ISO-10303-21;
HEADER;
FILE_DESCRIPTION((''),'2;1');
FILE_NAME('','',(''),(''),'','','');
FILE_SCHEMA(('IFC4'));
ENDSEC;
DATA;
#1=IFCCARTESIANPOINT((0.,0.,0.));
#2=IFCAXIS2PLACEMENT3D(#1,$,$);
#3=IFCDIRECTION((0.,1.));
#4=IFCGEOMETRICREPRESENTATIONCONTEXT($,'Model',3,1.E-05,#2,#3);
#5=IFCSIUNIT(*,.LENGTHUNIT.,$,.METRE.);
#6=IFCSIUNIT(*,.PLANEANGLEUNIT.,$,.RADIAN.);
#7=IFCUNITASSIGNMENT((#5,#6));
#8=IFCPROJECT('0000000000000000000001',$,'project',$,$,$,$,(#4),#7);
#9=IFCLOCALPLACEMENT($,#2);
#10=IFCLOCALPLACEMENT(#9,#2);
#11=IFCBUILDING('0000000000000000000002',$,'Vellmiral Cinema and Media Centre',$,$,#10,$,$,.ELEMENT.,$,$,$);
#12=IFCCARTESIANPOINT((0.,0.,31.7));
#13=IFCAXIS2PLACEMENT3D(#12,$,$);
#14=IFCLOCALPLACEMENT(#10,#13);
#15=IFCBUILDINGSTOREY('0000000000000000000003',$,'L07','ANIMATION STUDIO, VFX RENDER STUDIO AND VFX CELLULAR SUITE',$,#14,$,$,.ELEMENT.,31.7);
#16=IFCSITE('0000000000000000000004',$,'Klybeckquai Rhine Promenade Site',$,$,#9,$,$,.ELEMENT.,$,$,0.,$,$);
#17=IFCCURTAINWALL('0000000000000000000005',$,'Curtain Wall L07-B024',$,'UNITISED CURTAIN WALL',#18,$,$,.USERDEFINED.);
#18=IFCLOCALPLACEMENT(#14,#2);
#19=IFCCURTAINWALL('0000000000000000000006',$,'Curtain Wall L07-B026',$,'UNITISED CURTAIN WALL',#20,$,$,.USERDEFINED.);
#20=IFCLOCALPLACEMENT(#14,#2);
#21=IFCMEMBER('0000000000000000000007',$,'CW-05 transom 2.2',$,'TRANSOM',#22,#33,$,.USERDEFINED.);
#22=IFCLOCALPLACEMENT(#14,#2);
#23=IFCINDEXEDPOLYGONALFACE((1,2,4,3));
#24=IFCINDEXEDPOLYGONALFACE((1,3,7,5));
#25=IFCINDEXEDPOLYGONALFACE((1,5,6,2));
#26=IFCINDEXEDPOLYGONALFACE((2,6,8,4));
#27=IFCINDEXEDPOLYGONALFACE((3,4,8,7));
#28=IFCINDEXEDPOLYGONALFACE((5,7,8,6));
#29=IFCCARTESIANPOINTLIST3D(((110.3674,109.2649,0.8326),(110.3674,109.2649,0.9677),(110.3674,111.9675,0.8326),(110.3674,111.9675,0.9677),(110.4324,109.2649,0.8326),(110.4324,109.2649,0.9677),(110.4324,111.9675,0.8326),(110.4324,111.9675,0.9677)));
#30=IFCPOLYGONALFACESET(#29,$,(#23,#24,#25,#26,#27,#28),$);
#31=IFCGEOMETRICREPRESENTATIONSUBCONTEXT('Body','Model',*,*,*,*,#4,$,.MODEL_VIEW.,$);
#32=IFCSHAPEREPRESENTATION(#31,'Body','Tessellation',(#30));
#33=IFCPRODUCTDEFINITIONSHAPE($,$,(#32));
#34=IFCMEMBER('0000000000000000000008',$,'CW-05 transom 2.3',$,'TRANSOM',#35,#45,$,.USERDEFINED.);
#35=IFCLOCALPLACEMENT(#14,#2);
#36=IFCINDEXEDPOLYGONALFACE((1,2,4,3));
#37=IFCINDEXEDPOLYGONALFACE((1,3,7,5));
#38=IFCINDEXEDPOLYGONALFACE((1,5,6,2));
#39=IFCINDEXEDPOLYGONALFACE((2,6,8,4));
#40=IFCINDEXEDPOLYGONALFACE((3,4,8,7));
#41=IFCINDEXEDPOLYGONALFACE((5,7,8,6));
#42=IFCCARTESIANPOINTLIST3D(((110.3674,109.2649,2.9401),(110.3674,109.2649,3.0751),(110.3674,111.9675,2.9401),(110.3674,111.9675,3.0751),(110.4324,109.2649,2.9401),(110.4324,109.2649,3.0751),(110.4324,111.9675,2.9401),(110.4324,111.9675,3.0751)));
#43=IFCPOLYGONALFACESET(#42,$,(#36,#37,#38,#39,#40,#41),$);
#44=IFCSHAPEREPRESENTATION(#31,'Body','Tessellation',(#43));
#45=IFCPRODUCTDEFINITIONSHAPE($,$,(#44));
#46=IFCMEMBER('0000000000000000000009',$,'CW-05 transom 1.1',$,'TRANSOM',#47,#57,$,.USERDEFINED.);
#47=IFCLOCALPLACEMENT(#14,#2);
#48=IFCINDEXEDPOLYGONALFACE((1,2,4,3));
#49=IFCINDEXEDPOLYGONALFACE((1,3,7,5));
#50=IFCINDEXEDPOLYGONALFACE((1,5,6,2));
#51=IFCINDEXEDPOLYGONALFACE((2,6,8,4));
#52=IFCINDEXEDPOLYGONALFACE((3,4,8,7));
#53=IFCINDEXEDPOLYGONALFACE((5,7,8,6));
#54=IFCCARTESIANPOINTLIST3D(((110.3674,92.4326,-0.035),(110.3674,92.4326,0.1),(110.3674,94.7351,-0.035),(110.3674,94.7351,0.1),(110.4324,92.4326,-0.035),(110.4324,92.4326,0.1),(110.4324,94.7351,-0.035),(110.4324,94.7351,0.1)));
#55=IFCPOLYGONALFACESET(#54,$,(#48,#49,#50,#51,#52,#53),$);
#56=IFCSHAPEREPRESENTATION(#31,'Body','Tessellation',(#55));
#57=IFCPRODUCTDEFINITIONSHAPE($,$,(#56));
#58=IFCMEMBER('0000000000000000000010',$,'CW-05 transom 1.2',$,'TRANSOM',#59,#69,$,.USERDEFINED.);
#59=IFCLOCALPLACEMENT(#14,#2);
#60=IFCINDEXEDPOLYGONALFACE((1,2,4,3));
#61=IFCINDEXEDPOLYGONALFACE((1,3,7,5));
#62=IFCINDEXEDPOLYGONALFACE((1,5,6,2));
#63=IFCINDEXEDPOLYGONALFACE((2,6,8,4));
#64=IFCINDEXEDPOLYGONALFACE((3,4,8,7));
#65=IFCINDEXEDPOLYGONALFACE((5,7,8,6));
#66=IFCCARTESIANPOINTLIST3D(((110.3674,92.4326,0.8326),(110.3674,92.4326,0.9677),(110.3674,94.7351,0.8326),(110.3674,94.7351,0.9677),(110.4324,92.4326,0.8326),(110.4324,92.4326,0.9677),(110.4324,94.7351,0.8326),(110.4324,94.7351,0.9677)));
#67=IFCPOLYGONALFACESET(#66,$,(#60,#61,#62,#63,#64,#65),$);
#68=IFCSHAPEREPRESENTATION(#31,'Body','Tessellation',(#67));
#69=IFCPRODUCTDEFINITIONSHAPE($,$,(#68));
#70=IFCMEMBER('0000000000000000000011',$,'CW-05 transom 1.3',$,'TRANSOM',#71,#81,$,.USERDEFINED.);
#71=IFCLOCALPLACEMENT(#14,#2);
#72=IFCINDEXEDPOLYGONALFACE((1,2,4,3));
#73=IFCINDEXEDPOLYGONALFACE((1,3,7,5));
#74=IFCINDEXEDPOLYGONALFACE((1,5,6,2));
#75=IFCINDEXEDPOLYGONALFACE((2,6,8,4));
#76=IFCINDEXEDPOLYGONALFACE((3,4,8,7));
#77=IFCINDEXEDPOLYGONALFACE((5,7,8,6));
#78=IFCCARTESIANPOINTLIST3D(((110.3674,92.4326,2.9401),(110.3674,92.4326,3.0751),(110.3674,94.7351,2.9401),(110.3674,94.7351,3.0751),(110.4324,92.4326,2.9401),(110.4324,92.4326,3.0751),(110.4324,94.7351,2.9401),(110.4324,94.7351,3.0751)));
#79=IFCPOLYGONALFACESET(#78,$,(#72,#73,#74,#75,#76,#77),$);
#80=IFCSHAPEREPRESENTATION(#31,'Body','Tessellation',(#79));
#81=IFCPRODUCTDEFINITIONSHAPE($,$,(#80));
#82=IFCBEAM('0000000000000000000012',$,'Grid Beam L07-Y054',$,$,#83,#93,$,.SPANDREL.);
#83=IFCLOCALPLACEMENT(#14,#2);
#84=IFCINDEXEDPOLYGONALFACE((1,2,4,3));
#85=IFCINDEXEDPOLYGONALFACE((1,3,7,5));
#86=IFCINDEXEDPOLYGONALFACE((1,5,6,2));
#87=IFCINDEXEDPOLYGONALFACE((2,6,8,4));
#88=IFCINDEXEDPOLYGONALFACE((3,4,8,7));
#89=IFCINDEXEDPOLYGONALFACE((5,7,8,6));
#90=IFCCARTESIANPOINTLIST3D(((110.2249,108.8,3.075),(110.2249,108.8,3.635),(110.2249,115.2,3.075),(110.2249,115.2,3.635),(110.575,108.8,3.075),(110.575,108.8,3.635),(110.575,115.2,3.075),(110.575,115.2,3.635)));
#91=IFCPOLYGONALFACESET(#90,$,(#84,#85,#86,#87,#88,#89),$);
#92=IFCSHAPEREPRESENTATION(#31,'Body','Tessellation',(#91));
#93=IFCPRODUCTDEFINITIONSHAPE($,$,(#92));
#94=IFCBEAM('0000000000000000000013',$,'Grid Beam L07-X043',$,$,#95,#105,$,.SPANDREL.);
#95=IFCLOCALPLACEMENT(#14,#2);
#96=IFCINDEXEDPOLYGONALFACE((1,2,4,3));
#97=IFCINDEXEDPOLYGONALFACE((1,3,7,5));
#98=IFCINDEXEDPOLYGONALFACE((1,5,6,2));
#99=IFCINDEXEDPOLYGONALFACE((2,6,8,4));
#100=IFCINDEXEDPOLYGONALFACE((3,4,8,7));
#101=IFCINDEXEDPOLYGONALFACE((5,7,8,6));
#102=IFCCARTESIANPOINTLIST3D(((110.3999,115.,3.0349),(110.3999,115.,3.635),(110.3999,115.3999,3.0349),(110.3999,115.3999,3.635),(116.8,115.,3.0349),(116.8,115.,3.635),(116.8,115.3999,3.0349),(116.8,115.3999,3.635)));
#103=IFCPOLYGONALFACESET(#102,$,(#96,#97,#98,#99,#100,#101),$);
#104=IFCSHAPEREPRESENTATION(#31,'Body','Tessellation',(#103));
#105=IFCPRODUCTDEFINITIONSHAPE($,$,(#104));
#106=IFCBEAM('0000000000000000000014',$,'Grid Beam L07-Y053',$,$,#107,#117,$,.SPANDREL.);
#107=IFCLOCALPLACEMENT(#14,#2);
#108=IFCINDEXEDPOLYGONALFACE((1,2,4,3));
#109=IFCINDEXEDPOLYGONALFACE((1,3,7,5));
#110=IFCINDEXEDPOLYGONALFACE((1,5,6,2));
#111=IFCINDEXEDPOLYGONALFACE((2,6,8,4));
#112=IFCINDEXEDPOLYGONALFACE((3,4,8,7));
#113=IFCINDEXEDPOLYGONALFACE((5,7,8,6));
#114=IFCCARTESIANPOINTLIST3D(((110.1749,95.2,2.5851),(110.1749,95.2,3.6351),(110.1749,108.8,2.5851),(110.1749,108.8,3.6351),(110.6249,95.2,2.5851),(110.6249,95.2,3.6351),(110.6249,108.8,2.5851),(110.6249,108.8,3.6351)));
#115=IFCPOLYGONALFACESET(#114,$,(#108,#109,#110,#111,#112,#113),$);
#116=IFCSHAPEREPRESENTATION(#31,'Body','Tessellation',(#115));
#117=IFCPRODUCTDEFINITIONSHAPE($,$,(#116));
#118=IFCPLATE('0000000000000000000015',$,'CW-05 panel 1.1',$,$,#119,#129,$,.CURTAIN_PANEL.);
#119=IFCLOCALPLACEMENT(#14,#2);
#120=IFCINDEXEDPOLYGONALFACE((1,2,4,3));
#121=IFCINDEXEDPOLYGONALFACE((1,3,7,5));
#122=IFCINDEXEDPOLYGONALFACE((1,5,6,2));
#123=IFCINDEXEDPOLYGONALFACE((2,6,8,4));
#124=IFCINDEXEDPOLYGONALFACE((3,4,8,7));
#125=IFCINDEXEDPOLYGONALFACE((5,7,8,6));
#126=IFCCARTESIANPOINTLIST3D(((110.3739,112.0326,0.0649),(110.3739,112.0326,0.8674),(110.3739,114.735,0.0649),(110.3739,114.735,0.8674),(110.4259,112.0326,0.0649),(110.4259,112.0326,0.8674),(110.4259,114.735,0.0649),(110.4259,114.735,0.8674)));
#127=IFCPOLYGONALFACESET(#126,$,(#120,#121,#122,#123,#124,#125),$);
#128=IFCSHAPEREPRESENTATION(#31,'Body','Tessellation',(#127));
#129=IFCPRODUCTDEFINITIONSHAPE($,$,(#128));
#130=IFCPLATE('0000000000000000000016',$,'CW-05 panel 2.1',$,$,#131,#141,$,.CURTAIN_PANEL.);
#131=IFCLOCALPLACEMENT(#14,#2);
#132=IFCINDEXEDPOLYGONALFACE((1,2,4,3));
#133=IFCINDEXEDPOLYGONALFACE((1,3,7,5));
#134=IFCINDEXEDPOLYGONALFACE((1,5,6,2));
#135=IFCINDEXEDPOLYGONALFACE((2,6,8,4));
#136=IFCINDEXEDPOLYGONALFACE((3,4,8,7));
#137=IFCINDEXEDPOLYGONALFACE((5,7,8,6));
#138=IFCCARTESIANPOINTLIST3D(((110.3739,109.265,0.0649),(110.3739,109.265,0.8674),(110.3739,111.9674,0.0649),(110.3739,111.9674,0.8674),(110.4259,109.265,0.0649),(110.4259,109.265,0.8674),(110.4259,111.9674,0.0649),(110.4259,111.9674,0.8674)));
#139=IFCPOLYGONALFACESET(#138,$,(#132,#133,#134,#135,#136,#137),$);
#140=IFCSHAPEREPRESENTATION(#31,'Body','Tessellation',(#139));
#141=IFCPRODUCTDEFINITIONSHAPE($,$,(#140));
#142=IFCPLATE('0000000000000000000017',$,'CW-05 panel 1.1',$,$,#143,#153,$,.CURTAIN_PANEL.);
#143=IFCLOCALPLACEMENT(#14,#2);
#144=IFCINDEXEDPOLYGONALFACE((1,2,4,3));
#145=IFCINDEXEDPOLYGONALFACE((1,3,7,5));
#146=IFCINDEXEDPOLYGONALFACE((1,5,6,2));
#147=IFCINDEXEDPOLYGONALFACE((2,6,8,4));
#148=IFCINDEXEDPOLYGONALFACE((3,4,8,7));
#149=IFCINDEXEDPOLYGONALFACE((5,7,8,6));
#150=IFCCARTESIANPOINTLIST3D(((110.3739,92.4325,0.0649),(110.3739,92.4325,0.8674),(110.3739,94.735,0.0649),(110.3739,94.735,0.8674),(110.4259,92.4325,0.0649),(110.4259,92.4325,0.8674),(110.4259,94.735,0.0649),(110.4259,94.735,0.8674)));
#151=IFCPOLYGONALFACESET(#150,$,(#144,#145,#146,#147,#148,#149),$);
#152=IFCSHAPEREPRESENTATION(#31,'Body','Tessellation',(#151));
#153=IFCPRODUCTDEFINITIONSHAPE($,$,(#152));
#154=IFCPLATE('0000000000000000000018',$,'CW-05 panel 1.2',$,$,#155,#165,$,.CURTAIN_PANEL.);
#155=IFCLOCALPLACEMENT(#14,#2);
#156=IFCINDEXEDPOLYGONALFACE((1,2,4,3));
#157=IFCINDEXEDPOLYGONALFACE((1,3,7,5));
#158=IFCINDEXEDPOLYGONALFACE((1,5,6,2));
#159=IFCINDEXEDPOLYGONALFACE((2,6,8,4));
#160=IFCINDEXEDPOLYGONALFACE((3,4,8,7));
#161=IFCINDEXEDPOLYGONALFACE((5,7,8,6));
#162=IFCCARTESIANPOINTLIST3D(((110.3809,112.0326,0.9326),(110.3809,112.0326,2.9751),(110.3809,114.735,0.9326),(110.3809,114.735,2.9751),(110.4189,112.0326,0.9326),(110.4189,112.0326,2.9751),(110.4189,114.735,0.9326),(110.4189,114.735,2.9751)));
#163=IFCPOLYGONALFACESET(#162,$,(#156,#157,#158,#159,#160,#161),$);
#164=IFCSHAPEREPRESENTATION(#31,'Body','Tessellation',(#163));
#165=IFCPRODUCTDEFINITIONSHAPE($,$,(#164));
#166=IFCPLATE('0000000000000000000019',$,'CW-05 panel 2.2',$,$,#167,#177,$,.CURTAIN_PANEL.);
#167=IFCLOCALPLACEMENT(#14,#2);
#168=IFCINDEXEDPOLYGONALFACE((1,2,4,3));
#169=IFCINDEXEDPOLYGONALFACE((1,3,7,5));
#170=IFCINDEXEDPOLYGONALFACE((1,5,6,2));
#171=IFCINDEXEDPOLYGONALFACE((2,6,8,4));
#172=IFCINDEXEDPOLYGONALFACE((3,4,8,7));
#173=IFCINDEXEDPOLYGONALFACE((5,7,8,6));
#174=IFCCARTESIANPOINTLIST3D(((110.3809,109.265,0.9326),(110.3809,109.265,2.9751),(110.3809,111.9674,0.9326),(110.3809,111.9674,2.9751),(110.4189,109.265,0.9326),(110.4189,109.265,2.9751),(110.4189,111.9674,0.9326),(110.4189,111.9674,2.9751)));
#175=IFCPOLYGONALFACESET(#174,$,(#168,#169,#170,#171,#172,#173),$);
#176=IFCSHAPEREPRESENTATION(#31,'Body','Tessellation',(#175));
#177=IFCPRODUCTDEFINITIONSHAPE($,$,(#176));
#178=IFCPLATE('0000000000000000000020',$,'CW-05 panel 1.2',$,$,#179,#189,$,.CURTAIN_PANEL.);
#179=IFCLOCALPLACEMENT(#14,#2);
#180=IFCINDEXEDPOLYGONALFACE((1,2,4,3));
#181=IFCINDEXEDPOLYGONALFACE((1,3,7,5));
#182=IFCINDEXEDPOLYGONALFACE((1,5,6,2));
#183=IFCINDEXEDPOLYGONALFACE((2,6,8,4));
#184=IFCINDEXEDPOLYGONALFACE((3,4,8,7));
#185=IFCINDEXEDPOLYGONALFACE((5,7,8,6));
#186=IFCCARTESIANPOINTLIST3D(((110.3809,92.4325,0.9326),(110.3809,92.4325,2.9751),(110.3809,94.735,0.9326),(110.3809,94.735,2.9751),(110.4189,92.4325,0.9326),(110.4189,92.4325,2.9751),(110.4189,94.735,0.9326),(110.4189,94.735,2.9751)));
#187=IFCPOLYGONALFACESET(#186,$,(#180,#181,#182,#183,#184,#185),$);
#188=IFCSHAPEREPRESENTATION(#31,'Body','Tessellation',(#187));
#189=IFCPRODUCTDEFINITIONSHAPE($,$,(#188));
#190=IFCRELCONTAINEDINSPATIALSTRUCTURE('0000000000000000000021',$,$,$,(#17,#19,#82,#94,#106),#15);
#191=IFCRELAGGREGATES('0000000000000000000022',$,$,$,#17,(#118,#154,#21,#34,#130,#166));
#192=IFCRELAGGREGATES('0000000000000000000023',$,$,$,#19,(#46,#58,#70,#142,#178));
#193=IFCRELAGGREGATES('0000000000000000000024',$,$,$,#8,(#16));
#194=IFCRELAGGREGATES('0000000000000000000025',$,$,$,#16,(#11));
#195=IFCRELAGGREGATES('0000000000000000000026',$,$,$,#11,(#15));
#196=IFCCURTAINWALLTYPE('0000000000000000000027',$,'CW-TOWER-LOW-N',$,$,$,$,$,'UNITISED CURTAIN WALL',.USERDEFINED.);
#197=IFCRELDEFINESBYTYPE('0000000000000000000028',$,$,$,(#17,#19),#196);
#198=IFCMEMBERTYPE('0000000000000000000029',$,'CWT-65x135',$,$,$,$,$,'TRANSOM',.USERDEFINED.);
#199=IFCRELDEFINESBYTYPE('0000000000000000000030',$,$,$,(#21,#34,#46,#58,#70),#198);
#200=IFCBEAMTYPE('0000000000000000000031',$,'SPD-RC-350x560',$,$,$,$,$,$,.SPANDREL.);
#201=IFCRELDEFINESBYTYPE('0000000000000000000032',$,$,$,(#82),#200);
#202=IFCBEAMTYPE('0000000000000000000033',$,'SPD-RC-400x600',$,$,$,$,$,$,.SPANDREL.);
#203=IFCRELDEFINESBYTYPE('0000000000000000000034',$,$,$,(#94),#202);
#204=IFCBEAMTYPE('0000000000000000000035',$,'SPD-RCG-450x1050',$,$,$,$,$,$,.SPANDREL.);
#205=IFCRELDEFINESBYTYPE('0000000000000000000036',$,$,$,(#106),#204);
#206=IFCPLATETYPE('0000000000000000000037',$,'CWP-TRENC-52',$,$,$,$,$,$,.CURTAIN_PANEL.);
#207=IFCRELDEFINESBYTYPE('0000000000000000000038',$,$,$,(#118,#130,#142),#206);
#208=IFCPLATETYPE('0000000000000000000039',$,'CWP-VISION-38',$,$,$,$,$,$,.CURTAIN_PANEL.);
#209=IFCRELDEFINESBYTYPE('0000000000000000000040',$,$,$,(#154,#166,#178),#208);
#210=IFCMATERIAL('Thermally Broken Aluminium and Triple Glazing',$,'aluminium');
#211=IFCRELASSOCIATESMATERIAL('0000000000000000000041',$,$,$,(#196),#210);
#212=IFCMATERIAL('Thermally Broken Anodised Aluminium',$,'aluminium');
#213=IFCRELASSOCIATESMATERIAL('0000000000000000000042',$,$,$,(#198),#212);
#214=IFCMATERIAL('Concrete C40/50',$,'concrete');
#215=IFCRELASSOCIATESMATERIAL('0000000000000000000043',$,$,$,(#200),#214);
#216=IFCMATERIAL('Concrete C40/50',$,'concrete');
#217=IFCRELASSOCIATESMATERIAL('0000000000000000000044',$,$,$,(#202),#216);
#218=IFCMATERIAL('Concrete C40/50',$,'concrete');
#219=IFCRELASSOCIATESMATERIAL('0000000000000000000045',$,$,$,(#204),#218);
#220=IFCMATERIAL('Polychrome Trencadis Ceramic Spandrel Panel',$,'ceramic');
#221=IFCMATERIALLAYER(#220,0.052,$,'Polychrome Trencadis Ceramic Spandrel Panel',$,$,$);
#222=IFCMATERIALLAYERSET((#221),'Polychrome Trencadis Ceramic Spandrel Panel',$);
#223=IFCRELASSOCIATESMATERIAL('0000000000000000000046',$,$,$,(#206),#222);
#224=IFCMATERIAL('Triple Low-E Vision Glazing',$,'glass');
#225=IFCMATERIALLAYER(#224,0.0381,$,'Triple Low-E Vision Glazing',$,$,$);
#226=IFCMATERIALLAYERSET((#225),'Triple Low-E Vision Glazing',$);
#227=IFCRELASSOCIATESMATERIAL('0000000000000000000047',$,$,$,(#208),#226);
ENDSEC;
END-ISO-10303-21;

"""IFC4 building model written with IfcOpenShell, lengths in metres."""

from ifc_helpers import new_model, si_unit, direction, frame, origin, origin_2d, place, context, subcontext, project, spatial, rectangle, extrude, material, layer, layer_set, material_profile, profile_set, type_object, element, aggregate, save


model = new_model("IFC4")

# Units and contexts
model_context = context("Model", 3, precision=1e-05, world=origin(), true_north=direction((0.0, 1.0)))
body_context = subcontext(model_context, "Body", "Model", "MODEL_VIEW")
ifc_project = project(units=[si_unit("LENGTHUNIT", "METRE"), si_unit("PLANEANGLEUNIT", "RADIAN")], contexts=[model_context])

# Site, building, storey
site_placement = place(None, origin())
site = spatial("IfcSite", under=ifc_project, at=site_placement, Name="Klybeckquai Rhine Promenade Site", CompositionType="ELEMENT", RefElevation=0.0)
building_placement = place(site_placement, origin())
building = spatial("IfcBuilding", under=site, at=building_placement, Name="Vellmiral Cinema and Media Centre", CompositionType="ELEMENT")
storey_placement = place(building_placement, frame((0.0, 0.0, 31.7)))
storey = spatial("IfcBuildingStorey", under=building, at=storey_placement, Name="L07", Description="ANIMATION STUDIO, VFX RENDER STUDIO AND VFX CELLULAR SUITE", CompositionType="ELEMENT", Elevation=31.7)

# Curtain walls
ifc_material_1 = material(Name="Thermally Broken Aluminium and Triple Glazing", Category="aluminium")
curtain_wall_type = type_object("IfcCurtainWallType", Name="CW-TOWER-LOW-N", ElementType="UNITISED CURTAIN WALL", PredefinedType="USERDEFINED", material=ifc_material_1)
curtain_wall_1_placement = place(storey_placement, origin())
curtain_wall_1 = element("IfcCurtainWall", 1, at=curtain_wall_1_placement, inside=storey, type_object=curtain_wall_type, Name="Curtain Wall L07-B024", ObjectType="UNITISED CURTAIN WALL", PredefinedType="USERDEFINED")
curtain_wall_2_placement = place(storey_placement, origin())
curtain_wall_2 = element("IfcCurtainWall", 2, at=curtain_wall_2_placement, inside=storey, type_object=curtain_wall_type, Name="Curtain Wall L07-B026", ObjectType="UNITISED CURTAIN WALL", PredefinedType="USERDEFINED")

# Members
ifc_material_2 = material(Name="Thermally Broken Anodised Aluminium", Category="aluminium")
ifc_material_profile_1 = material_profile(ifc_material_2, rectangle(XDim=0.0649, YDim=0.135, at=origin_2d()), Name="MULL 65x135")
ifc_profile_set_1 = profile_set([ifc_material_profile_1], Name="Thermally Broken Anodised Aluminium")
member_type_1 = type_object("IfcMemberType", Name="CWT-65x135", ElementType="TRANSOM", PredefinedType="USERDEFINED", material=ifc_profile_set_1)
member_1_placement = place(storey_placement, frame((110.3999, 111.9675, 0.9001), z_axis=(0.0, -1.0, 0.0), x_axis=(1.0, 0.0, 0.0)))
member_1 = element("IfcMember", 3, at=member_1_placement, type_object=member_type_1, Name="CW-05 transom 2.2", ObjectType="TRANSOM", PredefinedType="USERDEFINED", context=body_context, shape_type="SweptSolid", body=[
    extrude(rectangle(XDim=0.0649, YDim=0.135, at=origin_2d()), origin(), (0.0, 0.0, 1.0), 2.7026),
])
member_2_placement = place(storey_placement, frame((110.3999, 111.9675, 3.0076), z_axis=(0.0, -1.0, 0.0), x_axis=(1.0, 0.0, 0.0)))
member_2 = element("IfcMember", 4, at=member_2_placement, type_object=member_type_1, Name="CW-05 transom 2.3", ObjectType="TRANSOM", PredefinedType="USERDEFINED", context=body_context, shape_type="SweptSolid", body=[
    extrude(rectangle(XDim=0.0649, YDim=0.135, at=origin_2d()), origin(), (0.0, 0.0, 1.0), 2.7026),
])
member_3_placement = place(storey_placement, frame((110.3999, 94.7351, 0.0325), z_axis=(0.0, -1.0, 0.0), x_axis=(1.0, 0.0, 0.0)))
member_3 = element("IfcMember", 5, at=member_3_placement, type_object=member_type_1, Name="CW-05 transom 1.1", ObjectType="TRANSOM", PredefinedType="USERDEFINED", context=body_context, shape_type="SweptSolid", body=[
    extrude(rectangle(XDim=0.0649, YDim=0.135, at=origin_2d()), origin(), (0.0, 0.0, 1.0), 2.3025),
])
member_4_placement = place(storey_placement, frame((110.3999, 94.7351, 0.9001), z_axis=(0.0, -1.0, 0.0), x_axis=(1.0, 0.0, 0.0)))
member_4 = element("IfcMember", 6, at=member_4_placement, type_object=member_type_1, Name="CW-05 transom 1.2", ObjectType="TRANSOM", PredefinedType="USERDEFINED", context=body_context, shape_type="SweptSolid", body=[
    extrude(rectangle(XDim=0.0649, YDim=0.135, at=origin_2d()), origin(), (0.0, 0.0, 1.0), 2.3025),
])
member_5_placement = place(storey_placement, frame((110.3999, 94.7351, 3.0076), z_axis=(0.0, -1.0, 0.0), x_axis=(1.0, 0.0, 0.0)))
member_5 = element("IfcMember", 7, at=member_5_placement, type_object=member_type_1, Name="CW-05 transom 1.3", ObjectType="TRANSOM", PredefinedType="USERDEFINED", context=body_context, shape_type="SweptSolid", body=[
    extrude(rectangle(XDim=0.0649, YDim=0.135, at=origin_2d()), origin(), (0.0, 0.0, 1.0), 2.3025),
])

# Beams
ifc_material_3 = material(Name="Concrete C40/50", Category="concrete")
ifc_material_profile_2 = material_profile(ifc_material_3, rectangle(XDim=0.3501, YDim=0.5601, at=origin_2d()), Name="RC 350x560")
ifc_profile_set_2 = profile_set([ifc_material_profile_2], Name="Concrete C40/50")
beam_type_1 = type_object("IfcBeamType", Name="SPD-RC-350x560", PredefinedType="SPANDREL", material=ifc_profile_set_2)
beam_1_placement = place(storey_placement, frame((110.3999, 108.8, 3.355), z_axis=(0.0, 1.0, 0.0), x_axis=(-1.0, 0.0, 0.0)))
element("IfcBeam", 8, at=beam_1_placement, inside=storey, type_object=beam_type_1, Name="Grid Beam L07-Y054", PredefinedType="SPANDREL", context=body_context, shape_type="SweptSolid", body=[
    extrude(rectangle(XDim=0.3501, YDim=0.5601, at=origin_2d()), origin(), (0.0, 0.0, 1.0), 6.3999),
])
ifc_material_4 = material(Name="Concrete C40/50", Category="concrete")
ifc_material_profile_3 = material_profile(ifc_material_4, rectangle(XDim=0.3999, YDim=0.6001, at=origin_2d()), Name="RC 400x600")
ifc_profile_set_3 = profile_set([ifc_material_profile_3], Name="Concrete C40/50")
beam_type_2 = type_object("IfcBeamType", Name="SPD-RC-400x600", PredefinedType="SPANDREL", material=ifc_profile_set_3)
beam_2_placement = place(storey_placement, frame((110.3999, 115.2, 3.335), z_axis=(1.0, 0.0, 0.0), x_axis=(0.0, 1.0, 0.0)))
element("IfcBeam", 9, at=beam_2_placement, inside=storey, type_object=beam_type_2, Name="Grid Beam L07-X043", PredefinedType="SPANDREL", context=body_context, shape_type="SweptSolid", body=[
    extrude(rectangle(XDim=0.3999, YDim=0.6001, at=origin_2d()), origin(), (0.0, 0.0, 1.0), 6.4001),
])
ifc_material_5 = material(Name="Concrete C40/50", Category="concrete")
ifc_material_profile_4 = material_profile(ifc_material_5, rectangle(XDim=0.45, YDim=1.05, at=origin_2d()), Name="RC 450x1050")
ifc_profile_set_4 = profile_set([ifc_material_profile_4], Name="Concrete C40/50")
beam_type_3 = type_object("IfcBeamType", Name="SPD-RCG-450x1050", PredefinedType="SPANDREL", material=ifc_profile_set_4)
beam_3_placement = place(storey_placement, frame((110.3999, 95.2, 3.1101), z_axis=(0.0, 1.0, 0.0), x_axis=(-1.0, 0.0, 0.0)))
element("IfcBeam", 10, at=beam_3_placement, inside=storey, type_object=beam_type_3, Name="Grid Beam L07-Y053", PredefinedType="SPANDREL", context=body_context, shape_type="SweptSolid", body=[
    extrude(rectangle(XDim=0.45, YDim=1.05, at=origin_2d()), origin(), (0.0, 0.0, 1.0), 13.6001),
])

# Plates
ifc_material_6 = material(Name="Polychrome Trencadis Ceramic Spandrel Panel", Category="ceramic")
ifc_layer_1 = layer(ifc_material_6, 0.052, Name="Polychrome Trencadis Ceramic Spandrel Panel")
ifc_layer_set_1 = layer_set([ifc_layer_1], Name="Polychrome Trencadis Ceramic Spandrel Panel")
plate_type_1 = type_object("IfcPlateType", Name="CWP-TRENC-52", PredefinedType="CURTAIN_PANEL", material=ifc_layer_set_1)
plate_1_placement = place(storey_placement, frame((110.3999, 113.3838, 0.0649), z_axis=(0.0, 0.0, 1.0), x_axis=(0.0, -1.0, 0.0)))
plate_1 = element("IfcPlate", 11, at=plate_1_placement, type_object=plate_type_1, Name="CW-05 panel 1.1", PredefinedType="CURTAIN_PANEL", context=body_context, shape_type="SweptSolid", body=[
    extrude(rectangle(XDim=2.7024, YDim=0.052, at=origin_2d()), origin(), (0.0, 0.0, 1.0), 0.8025),
])
plate_2_placement = place(storey_placement, frame((110.3999, 110.6162, 0.0649), z_axis=(0.0, 0.0, 1.0), x_axis=(0.0, -1.0, 0.0)))
plate_2 = element("IfcPlate", 12, at=plate_2_placement, type_object=plate_type_1, Name="CW-05 panel 2.1", PredefinedType="CURTAIN_PANEL", context=body_context, shape_type="SweptSolid", body=[
    extrude(rectangle(XDim=2.7024, YDim=0.052, at=origin_2d()), origin(), (0.0, 0.0, 1.0), 0.8025),
])
plate_3_placement = place(storey_placement, frame((110.3999, 93.5837, 0.0649), z_axis=(0.0, 0.0, 1.0), x_axis=(0.0, -1.0, 0.0)))
plate_3 = element("IfcPlate", 13, at=plate_3_placement, type_object=plate_type_1, Name="CW-05 panel 1.1", PredefinedType="CURTAIN_PANEL", context=body_context, shape_type="SweptSolid", body=[
    extrude(rectangle(XDim=2.3025, YDim=0.052, at=origin_2d()), origin(), (0.0, 0.0, 1.0), 0.8025),
])
ifc_material_7 = material(Name="Triple Low-E Vision Glazing", Category="glass")
ifc_layer_2 = layer(ifc_material_7, 0.0381, Name="Triple Low-E Vision Glazing")
ifc_layer_set_2 = layer_set([ifc_layer_2], Name="Triple Low-E Vision Glazing")
plate_type_2 = type_object("IfcPlateType", Name="CWP-VISION-38", PredefinedType="CURTAIN_PANEL", material=ifc_layer_set_2)
plate_4_placement = place(storey_placement, frame((110.3999, 113.3838, 0.9326), z_axis=(0.0, 0.0, 1.0), x_axis=(0.0, -1.0, 0.0)))
plate_4 = element("IfcPlate", 14, at=plate_4_placement, type_object=plate_type_2, Name="CW-05 panel 1.2", PredefinedType="CURTAIN_PANEL", context=body_context, shape_type="SweptSolid", body=[
    extrude(rectangle(XDim=2.7024, YDim=0.0381, at=origin_2d()), origin(), (0.0, 0.0, 1.0), 2.0425),
])
plate_5_placement = place(storey_placement, frame((110.3999, 110.6162, 0.9326), z_axis=(0.0, 0.0, 1.0), x_axis=(0.0, -1.0, 0.0)))
plate_5 = element("IfcPlate", 15, at=plate_5_placement, type_object=plate_type_2, Name="CW-05 panel 2.2", PredefinedType="CURTAIN_PANEL", context=body_context, shape_type="SweptSolid", body=[
    extrude(rectangle(XDim=2.7024, YDim=0.0381, at=origin_2d()), origin(), (0.0, 0.0, 1.0), 2.0425),
])
aggregate(curtain_wall_1, [plate_1, plate_4, member_1, member_2, plate_2, plate_5])
plate_6_placement = place(storey_placement, frame((110.3999, 93.5837, 0.9326), z_axis=(0.0, 0.0, 1.0), x_axis=(0.0, -1.0, 0.0)))
plate_6 = element("IfcPlate", 16, at=plate_6_placement, type_object=plate_type_2, Name="CW-05 panel 1.2", PredefinedType="CURTAIN_PANEL", context=body_context, shape_type="SweptSolid", body=[
    extrude(rectangle(XDim=2.3025, YDim=0.0381, at=origin_2d()), origin(), (0.0, 0.0, 1.0), 2.0425),
])
aggregate(curtain_wall_2, [member_3, member_4, member_5, plate_3, plate_6])

save(model, "model.ifc")
